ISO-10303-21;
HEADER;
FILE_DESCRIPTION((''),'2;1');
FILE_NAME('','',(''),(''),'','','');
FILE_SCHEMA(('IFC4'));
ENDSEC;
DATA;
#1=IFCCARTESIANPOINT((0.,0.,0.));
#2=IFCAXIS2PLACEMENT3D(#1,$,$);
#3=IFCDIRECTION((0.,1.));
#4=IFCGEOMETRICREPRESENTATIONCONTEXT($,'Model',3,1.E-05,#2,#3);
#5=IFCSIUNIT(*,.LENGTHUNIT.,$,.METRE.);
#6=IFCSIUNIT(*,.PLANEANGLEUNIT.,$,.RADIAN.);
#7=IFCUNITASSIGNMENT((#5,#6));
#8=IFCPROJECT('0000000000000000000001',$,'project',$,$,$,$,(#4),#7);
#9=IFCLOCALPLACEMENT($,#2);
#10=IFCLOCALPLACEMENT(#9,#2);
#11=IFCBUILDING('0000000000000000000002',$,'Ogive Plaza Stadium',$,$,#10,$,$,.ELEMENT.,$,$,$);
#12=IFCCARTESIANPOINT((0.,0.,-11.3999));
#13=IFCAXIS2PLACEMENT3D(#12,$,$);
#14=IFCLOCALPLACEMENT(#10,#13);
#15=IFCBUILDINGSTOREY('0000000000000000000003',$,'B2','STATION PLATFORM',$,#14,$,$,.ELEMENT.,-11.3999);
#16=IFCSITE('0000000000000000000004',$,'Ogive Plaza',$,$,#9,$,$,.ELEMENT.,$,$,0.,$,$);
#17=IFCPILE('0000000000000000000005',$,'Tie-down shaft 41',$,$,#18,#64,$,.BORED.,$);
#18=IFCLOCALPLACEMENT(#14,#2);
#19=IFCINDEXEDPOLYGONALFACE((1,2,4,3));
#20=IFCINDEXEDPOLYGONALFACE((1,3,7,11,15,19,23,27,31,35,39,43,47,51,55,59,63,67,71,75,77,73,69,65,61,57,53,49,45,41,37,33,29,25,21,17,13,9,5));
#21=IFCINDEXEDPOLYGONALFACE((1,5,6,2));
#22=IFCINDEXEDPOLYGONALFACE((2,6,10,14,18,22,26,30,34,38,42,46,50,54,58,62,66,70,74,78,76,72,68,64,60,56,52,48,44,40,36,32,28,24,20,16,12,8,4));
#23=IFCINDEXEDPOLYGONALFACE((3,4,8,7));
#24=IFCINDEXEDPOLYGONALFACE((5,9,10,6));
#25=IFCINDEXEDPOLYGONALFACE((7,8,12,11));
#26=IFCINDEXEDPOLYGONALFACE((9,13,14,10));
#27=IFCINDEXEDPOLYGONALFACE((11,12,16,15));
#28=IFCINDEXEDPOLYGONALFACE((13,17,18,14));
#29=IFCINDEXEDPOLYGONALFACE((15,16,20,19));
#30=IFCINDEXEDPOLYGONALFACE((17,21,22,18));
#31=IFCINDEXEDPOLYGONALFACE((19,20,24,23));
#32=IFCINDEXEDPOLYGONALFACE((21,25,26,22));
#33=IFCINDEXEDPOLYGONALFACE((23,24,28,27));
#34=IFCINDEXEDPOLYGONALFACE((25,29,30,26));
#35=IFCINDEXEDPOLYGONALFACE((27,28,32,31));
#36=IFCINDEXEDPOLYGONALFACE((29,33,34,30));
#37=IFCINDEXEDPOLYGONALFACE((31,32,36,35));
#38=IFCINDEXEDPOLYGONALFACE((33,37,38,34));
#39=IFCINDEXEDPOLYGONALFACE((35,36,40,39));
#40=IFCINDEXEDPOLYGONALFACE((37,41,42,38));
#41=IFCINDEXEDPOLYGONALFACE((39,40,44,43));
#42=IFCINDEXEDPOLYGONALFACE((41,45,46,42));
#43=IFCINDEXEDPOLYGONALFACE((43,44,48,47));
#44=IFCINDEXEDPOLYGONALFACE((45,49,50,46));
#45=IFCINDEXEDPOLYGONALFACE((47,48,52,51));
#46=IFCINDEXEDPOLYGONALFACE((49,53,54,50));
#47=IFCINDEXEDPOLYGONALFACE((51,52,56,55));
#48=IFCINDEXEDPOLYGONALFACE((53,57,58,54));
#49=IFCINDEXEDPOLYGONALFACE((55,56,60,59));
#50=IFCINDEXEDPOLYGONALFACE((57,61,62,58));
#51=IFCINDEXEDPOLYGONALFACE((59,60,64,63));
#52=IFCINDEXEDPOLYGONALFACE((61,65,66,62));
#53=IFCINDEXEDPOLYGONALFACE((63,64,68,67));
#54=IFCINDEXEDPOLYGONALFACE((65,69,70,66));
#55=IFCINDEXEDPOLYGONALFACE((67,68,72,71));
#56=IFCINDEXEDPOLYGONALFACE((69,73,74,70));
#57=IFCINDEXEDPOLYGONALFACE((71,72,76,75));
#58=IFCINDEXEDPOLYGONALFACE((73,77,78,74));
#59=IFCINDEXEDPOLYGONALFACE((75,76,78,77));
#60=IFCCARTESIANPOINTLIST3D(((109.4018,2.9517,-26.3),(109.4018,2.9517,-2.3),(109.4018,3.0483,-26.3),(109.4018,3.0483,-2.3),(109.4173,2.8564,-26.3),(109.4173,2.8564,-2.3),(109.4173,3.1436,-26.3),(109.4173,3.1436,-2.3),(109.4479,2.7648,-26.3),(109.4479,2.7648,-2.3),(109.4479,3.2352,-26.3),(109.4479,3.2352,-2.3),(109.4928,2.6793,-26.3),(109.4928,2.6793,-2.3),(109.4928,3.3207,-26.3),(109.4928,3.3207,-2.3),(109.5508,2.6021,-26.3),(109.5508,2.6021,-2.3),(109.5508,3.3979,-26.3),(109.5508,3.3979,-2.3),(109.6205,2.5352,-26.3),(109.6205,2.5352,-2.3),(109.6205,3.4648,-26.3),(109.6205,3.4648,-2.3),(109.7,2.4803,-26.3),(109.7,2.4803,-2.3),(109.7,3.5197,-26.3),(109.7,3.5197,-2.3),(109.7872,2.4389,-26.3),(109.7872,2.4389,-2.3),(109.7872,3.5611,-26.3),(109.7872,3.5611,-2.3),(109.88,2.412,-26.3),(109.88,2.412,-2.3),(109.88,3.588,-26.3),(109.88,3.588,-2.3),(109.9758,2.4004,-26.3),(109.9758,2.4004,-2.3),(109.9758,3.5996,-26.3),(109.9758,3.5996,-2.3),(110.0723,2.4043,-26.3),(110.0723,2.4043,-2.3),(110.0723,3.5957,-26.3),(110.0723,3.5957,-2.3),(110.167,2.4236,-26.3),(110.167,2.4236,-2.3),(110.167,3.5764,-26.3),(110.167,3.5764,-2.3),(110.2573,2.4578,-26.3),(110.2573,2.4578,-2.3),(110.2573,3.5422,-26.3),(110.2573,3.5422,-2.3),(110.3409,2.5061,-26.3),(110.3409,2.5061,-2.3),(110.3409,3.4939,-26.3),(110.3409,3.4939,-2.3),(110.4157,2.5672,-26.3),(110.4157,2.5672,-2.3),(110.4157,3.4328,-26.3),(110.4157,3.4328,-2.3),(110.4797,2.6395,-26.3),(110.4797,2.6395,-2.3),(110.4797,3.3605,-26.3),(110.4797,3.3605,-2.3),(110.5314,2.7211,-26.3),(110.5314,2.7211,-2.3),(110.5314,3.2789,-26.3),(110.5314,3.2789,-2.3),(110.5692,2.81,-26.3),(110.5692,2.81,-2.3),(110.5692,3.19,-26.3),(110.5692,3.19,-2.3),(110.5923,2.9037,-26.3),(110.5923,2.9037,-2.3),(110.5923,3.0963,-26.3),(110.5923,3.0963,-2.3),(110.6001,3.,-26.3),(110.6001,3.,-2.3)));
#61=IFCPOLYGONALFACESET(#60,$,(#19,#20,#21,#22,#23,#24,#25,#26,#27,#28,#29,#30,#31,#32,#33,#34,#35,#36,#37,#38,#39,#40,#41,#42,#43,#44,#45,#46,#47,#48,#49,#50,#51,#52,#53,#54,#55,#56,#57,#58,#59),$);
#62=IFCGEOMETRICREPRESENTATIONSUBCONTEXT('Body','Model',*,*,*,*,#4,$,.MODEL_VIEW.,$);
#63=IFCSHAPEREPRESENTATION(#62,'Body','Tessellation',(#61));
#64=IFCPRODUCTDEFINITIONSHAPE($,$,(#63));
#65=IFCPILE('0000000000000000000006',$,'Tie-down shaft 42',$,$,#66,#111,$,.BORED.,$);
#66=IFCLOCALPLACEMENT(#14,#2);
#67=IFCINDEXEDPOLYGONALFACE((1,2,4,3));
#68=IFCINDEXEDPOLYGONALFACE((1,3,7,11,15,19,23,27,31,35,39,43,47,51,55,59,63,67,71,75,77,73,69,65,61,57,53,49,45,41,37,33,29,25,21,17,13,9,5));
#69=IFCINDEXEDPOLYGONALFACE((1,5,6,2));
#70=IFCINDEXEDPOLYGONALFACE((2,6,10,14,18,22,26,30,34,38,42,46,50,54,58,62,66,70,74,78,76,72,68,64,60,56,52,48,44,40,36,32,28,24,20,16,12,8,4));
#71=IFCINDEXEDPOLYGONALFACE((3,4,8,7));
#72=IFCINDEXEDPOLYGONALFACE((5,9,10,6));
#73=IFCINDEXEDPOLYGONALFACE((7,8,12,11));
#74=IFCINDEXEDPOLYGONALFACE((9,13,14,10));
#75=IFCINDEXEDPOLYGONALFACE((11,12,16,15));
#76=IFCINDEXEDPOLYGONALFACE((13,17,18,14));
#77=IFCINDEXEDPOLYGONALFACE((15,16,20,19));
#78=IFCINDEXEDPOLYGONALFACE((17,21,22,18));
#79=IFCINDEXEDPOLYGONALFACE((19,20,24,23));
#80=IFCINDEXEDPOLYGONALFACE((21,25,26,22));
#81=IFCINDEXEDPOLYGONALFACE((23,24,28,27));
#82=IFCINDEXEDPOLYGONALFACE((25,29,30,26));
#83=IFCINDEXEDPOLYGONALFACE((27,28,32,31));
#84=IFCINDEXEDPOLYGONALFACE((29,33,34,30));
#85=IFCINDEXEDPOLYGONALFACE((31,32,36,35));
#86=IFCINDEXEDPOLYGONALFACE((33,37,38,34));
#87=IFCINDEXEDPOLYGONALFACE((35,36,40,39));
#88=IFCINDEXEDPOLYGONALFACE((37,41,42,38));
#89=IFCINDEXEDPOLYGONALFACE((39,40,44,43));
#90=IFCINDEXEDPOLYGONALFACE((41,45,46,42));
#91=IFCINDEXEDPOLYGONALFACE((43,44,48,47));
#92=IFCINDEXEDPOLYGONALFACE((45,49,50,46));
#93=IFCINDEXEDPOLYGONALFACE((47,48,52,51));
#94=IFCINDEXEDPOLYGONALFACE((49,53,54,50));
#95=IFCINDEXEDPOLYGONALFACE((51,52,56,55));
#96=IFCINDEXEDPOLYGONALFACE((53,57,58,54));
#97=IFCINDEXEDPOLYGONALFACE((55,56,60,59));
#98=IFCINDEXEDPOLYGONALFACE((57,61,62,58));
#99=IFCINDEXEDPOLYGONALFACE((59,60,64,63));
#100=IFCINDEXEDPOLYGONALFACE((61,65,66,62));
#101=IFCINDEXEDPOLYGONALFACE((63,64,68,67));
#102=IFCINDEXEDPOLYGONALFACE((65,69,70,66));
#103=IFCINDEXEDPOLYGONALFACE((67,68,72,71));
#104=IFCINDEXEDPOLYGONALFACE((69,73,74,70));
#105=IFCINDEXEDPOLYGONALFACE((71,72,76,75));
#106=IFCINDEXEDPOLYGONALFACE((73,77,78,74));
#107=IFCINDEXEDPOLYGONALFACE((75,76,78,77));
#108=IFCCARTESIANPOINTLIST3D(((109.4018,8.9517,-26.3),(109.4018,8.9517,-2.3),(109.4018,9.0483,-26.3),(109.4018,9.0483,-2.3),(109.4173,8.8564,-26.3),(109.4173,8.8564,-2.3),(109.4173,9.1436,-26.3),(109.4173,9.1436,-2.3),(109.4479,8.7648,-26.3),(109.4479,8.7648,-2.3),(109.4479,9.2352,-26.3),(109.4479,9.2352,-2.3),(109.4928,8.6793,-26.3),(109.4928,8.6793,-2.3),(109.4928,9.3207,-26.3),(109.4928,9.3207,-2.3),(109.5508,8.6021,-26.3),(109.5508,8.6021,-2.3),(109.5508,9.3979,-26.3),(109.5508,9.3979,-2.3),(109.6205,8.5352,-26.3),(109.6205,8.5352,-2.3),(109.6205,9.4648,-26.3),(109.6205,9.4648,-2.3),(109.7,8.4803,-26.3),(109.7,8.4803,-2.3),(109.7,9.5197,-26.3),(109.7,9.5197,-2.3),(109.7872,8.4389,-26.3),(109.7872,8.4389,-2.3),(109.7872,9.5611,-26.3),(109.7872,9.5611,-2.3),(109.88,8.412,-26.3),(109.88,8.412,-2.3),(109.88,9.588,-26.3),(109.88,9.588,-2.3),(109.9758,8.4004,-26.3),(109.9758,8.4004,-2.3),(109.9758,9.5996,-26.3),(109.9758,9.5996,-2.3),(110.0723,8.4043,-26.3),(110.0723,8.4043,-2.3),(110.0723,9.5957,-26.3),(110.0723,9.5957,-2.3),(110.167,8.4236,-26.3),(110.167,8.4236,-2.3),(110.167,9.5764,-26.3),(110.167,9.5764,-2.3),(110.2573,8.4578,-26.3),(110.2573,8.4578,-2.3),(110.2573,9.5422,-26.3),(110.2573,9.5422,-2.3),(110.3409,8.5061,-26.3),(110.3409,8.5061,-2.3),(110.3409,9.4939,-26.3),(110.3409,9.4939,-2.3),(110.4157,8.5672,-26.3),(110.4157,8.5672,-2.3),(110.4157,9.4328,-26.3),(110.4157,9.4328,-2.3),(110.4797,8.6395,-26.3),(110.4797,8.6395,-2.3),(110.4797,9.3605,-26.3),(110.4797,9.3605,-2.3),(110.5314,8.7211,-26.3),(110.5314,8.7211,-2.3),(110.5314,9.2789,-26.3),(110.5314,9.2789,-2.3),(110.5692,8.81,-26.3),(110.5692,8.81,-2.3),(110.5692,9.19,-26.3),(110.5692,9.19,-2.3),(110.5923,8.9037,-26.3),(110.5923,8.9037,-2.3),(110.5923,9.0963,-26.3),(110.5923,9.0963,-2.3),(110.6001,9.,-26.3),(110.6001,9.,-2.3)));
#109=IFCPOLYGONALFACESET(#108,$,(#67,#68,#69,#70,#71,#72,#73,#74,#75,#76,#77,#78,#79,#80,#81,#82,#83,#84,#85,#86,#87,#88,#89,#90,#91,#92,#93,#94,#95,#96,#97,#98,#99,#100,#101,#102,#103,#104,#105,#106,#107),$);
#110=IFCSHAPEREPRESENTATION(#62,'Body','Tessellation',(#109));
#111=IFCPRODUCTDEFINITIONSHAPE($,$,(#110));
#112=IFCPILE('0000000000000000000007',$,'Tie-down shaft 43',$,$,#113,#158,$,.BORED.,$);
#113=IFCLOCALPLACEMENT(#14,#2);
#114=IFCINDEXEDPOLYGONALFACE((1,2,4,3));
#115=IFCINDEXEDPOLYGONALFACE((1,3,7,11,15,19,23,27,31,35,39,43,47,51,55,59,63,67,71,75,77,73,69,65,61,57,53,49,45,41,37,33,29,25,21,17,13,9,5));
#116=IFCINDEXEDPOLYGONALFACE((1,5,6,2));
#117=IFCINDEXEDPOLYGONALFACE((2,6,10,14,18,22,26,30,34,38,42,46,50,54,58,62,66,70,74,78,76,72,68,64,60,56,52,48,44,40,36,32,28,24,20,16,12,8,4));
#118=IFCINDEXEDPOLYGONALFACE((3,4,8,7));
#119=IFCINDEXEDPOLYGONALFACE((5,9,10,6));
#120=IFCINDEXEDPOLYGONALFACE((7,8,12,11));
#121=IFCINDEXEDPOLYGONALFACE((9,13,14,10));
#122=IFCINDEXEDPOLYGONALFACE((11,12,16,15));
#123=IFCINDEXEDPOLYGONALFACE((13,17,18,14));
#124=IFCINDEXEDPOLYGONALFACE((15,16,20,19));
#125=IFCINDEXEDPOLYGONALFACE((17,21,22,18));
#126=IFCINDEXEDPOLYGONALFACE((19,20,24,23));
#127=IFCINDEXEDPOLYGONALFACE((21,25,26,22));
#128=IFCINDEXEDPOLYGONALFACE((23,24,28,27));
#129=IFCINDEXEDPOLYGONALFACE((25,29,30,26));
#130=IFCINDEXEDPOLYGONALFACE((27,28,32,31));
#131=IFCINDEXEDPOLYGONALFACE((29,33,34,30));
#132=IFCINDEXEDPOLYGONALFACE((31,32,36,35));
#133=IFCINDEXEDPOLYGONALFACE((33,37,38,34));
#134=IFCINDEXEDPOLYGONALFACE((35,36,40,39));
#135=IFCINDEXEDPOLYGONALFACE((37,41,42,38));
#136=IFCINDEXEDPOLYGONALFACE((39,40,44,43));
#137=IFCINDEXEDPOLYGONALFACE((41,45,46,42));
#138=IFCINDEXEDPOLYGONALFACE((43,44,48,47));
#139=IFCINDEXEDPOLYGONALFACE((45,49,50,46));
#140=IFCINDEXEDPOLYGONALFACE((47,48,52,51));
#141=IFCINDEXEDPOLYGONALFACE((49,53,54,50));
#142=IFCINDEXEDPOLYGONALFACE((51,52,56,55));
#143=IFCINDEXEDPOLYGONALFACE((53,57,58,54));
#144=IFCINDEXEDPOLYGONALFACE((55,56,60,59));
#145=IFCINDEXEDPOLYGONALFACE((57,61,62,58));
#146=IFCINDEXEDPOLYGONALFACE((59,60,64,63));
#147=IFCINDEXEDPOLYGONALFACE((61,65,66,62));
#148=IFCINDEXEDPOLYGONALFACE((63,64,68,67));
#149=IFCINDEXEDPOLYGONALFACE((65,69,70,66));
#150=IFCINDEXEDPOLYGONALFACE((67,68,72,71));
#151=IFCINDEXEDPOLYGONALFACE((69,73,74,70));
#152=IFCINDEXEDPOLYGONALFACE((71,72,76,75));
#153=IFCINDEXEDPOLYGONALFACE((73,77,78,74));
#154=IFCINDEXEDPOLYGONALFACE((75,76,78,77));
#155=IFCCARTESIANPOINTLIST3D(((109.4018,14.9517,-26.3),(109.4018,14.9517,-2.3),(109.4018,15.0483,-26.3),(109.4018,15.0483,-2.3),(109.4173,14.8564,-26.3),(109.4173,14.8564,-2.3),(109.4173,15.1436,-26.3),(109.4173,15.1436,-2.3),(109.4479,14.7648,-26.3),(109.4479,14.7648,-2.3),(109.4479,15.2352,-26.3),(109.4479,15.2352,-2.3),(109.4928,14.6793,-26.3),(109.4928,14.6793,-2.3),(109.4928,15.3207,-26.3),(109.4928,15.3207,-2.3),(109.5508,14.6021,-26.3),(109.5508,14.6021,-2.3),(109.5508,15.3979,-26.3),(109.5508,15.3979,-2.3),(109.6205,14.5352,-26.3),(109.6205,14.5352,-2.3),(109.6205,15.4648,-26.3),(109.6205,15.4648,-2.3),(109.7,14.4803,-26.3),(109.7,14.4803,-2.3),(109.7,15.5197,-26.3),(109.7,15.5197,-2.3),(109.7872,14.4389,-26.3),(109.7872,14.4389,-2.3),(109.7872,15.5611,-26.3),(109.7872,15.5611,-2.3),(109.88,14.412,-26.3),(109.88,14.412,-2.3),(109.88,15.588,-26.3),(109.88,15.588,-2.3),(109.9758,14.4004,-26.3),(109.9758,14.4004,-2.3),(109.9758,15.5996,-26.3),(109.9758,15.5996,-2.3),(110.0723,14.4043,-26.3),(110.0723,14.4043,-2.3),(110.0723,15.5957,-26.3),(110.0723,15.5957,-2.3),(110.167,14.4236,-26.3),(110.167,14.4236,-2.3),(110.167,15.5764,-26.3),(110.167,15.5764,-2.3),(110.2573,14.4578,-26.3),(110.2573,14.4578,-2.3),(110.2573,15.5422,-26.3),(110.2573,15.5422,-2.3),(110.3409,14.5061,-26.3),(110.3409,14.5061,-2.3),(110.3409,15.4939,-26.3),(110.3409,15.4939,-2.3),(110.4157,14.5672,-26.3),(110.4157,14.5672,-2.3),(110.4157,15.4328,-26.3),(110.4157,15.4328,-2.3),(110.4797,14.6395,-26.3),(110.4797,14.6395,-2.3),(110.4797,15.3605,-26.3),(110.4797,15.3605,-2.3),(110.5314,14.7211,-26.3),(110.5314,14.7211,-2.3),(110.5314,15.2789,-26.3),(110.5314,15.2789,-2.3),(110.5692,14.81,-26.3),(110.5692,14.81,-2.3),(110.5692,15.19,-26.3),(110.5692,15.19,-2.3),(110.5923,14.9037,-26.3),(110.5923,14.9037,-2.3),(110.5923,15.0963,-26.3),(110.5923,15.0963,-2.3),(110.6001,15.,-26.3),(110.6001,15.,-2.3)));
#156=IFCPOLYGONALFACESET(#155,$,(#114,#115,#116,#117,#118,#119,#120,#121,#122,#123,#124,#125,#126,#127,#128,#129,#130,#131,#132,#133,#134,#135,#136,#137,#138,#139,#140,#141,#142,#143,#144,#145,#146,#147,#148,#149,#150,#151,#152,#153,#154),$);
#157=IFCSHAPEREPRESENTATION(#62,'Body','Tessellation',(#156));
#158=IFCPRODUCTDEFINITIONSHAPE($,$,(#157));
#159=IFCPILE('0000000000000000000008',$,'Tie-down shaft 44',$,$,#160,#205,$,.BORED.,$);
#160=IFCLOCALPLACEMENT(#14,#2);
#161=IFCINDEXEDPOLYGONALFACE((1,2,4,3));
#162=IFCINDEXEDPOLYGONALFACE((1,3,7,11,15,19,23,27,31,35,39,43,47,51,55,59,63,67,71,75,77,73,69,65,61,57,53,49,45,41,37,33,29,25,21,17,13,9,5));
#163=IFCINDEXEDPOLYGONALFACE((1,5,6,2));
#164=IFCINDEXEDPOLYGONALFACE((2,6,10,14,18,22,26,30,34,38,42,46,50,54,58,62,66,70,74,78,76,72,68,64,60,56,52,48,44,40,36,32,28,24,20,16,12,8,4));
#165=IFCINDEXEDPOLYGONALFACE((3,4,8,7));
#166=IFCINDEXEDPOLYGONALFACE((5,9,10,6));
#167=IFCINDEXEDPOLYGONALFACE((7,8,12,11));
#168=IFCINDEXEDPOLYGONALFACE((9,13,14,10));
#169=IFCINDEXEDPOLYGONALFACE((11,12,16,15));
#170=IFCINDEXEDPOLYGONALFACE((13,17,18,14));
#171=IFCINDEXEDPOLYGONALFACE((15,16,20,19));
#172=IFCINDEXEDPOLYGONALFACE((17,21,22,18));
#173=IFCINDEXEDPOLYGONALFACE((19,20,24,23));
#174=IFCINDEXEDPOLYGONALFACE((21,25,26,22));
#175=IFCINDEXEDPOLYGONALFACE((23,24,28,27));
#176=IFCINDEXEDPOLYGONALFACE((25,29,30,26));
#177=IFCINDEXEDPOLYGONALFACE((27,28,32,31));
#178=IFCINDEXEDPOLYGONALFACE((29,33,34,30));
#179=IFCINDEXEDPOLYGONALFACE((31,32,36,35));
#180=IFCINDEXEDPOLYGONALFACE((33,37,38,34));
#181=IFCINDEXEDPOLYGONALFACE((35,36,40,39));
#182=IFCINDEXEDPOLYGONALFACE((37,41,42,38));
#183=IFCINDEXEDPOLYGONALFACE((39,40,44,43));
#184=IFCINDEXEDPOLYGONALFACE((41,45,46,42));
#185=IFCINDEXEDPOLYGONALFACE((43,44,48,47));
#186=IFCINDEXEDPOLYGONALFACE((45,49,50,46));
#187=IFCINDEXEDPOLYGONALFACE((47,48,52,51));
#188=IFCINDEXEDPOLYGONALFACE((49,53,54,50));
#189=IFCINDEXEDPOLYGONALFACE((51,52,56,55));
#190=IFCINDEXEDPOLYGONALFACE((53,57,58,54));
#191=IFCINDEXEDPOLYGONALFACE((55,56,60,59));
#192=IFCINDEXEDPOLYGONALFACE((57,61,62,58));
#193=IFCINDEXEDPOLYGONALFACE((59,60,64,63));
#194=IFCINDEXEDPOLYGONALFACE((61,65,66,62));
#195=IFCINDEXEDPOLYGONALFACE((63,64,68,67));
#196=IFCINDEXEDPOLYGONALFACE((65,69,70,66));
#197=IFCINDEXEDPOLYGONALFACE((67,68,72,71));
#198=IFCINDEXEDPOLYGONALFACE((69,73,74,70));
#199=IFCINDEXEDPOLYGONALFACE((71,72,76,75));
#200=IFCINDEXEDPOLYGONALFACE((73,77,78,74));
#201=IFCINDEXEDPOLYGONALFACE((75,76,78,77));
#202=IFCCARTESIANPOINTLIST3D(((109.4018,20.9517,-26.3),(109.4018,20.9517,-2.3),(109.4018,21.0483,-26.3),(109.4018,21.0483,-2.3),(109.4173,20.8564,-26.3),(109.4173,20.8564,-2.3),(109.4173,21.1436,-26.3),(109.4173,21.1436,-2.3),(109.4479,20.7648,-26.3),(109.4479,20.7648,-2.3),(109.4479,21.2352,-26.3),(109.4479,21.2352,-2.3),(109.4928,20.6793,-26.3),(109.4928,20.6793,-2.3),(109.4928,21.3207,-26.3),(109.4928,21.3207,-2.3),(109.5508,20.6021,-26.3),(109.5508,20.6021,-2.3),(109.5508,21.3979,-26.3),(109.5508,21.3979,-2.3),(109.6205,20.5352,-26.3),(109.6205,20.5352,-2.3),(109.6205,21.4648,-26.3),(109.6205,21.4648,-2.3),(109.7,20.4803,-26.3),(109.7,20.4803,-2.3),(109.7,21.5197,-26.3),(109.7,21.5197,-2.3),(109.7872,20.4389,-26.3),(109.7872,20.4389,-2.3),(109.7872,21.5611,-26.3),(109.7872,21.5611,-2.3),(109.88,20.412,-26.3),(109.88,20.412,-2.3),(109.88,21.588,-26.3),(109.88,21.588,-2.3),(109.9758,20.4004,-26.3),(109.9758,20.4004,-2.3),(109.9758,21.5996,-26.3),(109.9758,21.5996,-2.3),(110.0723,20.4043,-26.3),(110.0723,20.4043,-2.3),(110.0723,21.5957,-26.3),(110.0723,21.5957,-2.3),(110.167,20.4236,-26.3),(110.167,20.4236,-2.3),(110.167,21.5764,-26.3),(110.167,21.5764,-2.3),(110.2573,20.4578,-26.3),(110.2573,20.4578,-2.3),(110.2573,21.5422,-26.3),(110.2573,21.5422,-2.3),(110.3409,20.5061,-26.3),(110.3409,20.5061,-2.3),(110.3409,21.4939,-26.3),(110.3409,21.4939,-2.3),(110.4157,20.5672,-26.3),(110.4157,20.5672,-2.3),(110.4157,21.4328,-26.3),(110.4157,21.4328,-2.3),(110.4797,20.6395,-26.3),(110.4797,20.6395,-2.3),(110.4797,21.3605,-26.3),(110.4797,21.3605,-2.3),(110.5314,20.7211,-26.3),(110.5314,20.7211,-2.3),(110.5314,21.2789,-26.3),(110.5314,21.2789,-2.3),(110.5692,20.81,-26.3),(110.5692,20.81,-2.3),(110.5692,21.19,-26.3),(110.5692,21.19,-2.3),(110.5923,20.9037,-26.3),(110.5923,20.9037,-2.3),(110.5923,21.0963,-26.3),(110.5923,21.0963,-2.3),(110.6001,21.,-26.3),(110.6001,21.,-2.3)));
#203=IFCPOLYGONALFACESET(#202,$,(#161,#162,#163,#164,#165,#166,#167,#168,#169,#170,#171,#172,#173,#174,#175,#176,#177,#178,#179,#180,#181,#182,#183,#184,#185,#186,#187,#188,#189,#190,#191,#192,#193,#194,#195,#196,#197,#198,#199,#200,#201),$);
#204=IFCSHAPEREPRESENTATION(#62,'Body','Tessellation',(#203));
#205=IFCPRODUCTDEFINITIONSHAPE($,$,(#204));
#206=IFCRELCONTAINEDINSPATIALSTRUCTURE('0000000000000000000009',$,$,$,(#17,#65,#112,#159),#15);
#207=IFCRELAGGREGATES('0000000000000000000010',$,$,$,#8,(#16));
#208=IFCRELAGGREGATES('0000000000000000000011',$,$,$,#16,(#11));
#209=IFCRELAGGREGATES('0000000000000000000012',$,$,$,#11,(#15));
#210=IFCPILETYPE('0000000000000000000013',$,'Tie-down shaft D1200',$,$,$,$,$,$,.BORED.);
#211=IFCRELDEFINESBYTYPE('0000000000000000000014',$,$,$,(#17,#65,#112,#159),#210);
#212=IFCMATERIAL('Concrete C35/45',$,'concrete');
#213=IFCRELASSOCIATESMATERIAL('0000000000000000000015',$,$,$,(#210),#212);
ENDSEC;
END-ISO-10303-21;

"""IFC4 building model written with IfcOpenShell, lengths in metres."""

from ifc_helpers import new_model, si_unit, direction, frame, origin, origin_2d, place, context, subcontext, project, spatial, circle, extrude, material, material_profile, profile_set, type_object, element, save


model = new_model("IFC4")

# Units and contexts
model_context = context("Model", 3, precision=1e-05, world=origin(), true_north=direction((0.0, 1.0)))
body_context = subcontext(model_context, "Body", "Model", "MODEL_VIEW")
ifc_project = project(units=[si_unit("LENGTHUNIT", "METRE"), si_unit("PLANEANGLEUNIT", "RADIAN")], contexts=[model_context])

# Site, building, storey
site_placement = place(None, origin())
site = spatial("IfcSite", under=ifc_project, at=site_placement, Name="Ogive Plaza", CompositionType="ELEMENT", RefElevation=0.0)
building_placement = place(site_placement, origin())
building = spatial("IfcBuilding", under=site, at=building_placement, Name="Ogive Plaza Stadium", CompositionType="ELEMENT")
storey_placement = place(building_placement, frame((0.0, 0.0, -11.3999)))
storey = spatial("IfcBuildingStorey", under=building, at=storey_placement, Name="B2", Description="STATION PLATFORM", CompositionType="ELEMENT", Elevation=-11.3999)

# Piles
ifc_material_1 = material(Name="Concrete C35/45", Category="concrete")
ifc_material_profile_1 = material_profile(ifc_material_1, circle(Radius=0.6001, at=origin_2d()), Name="Tie-down shaft D1200")
ifc_profile_set_1 = profile_set([ifc_material_profile_1], Name="Concrete C35/45")
pile_type = type_object("IfcPileType", Name="Tie-down shaft D1200", PredefinedType="BORED", material=ifc_profile_set_1)
for number, where, z_axis, x_axis, name in (
    (1, (110.0, 3.0, -2.3), (0.0, 0.0, -1.0), (1.0, 0.0, 0.0), "Tie-down shaft 41"),
    (2, (110.0, 9.0, -2.3), (0.0, 0.0, -1.0), (1.0, 0.0, 0.0), "Tie-down shaft 42"),
    (3, (110.0, 15.0, -2.3), (0.0, 0.0, -1.0), (1.0, 0.0, 0.0), "Tie-down shaft 43"),
    (4, (110.0, 21.0, -2.3), (0.0, 0.0, -1.0), (1.0, 0.0, 0.0), "Tie-down shaft 44"),
):
    element("IfcPile", number, at=place(storey_placement, frame(where, z_axis=z_axis, x_axis=x_axis)), inside=storey, type_object=pile_type, Name=name, PredefinedType="BORED", context=body_context, shape_type="SweptSolid", body=[
        extrude(circle(Radius=0.6001, at=origin_2d()), origin(), (0.0, 0.0, 1.0), 24.0),
    ])

save(model, "model.ifc")
